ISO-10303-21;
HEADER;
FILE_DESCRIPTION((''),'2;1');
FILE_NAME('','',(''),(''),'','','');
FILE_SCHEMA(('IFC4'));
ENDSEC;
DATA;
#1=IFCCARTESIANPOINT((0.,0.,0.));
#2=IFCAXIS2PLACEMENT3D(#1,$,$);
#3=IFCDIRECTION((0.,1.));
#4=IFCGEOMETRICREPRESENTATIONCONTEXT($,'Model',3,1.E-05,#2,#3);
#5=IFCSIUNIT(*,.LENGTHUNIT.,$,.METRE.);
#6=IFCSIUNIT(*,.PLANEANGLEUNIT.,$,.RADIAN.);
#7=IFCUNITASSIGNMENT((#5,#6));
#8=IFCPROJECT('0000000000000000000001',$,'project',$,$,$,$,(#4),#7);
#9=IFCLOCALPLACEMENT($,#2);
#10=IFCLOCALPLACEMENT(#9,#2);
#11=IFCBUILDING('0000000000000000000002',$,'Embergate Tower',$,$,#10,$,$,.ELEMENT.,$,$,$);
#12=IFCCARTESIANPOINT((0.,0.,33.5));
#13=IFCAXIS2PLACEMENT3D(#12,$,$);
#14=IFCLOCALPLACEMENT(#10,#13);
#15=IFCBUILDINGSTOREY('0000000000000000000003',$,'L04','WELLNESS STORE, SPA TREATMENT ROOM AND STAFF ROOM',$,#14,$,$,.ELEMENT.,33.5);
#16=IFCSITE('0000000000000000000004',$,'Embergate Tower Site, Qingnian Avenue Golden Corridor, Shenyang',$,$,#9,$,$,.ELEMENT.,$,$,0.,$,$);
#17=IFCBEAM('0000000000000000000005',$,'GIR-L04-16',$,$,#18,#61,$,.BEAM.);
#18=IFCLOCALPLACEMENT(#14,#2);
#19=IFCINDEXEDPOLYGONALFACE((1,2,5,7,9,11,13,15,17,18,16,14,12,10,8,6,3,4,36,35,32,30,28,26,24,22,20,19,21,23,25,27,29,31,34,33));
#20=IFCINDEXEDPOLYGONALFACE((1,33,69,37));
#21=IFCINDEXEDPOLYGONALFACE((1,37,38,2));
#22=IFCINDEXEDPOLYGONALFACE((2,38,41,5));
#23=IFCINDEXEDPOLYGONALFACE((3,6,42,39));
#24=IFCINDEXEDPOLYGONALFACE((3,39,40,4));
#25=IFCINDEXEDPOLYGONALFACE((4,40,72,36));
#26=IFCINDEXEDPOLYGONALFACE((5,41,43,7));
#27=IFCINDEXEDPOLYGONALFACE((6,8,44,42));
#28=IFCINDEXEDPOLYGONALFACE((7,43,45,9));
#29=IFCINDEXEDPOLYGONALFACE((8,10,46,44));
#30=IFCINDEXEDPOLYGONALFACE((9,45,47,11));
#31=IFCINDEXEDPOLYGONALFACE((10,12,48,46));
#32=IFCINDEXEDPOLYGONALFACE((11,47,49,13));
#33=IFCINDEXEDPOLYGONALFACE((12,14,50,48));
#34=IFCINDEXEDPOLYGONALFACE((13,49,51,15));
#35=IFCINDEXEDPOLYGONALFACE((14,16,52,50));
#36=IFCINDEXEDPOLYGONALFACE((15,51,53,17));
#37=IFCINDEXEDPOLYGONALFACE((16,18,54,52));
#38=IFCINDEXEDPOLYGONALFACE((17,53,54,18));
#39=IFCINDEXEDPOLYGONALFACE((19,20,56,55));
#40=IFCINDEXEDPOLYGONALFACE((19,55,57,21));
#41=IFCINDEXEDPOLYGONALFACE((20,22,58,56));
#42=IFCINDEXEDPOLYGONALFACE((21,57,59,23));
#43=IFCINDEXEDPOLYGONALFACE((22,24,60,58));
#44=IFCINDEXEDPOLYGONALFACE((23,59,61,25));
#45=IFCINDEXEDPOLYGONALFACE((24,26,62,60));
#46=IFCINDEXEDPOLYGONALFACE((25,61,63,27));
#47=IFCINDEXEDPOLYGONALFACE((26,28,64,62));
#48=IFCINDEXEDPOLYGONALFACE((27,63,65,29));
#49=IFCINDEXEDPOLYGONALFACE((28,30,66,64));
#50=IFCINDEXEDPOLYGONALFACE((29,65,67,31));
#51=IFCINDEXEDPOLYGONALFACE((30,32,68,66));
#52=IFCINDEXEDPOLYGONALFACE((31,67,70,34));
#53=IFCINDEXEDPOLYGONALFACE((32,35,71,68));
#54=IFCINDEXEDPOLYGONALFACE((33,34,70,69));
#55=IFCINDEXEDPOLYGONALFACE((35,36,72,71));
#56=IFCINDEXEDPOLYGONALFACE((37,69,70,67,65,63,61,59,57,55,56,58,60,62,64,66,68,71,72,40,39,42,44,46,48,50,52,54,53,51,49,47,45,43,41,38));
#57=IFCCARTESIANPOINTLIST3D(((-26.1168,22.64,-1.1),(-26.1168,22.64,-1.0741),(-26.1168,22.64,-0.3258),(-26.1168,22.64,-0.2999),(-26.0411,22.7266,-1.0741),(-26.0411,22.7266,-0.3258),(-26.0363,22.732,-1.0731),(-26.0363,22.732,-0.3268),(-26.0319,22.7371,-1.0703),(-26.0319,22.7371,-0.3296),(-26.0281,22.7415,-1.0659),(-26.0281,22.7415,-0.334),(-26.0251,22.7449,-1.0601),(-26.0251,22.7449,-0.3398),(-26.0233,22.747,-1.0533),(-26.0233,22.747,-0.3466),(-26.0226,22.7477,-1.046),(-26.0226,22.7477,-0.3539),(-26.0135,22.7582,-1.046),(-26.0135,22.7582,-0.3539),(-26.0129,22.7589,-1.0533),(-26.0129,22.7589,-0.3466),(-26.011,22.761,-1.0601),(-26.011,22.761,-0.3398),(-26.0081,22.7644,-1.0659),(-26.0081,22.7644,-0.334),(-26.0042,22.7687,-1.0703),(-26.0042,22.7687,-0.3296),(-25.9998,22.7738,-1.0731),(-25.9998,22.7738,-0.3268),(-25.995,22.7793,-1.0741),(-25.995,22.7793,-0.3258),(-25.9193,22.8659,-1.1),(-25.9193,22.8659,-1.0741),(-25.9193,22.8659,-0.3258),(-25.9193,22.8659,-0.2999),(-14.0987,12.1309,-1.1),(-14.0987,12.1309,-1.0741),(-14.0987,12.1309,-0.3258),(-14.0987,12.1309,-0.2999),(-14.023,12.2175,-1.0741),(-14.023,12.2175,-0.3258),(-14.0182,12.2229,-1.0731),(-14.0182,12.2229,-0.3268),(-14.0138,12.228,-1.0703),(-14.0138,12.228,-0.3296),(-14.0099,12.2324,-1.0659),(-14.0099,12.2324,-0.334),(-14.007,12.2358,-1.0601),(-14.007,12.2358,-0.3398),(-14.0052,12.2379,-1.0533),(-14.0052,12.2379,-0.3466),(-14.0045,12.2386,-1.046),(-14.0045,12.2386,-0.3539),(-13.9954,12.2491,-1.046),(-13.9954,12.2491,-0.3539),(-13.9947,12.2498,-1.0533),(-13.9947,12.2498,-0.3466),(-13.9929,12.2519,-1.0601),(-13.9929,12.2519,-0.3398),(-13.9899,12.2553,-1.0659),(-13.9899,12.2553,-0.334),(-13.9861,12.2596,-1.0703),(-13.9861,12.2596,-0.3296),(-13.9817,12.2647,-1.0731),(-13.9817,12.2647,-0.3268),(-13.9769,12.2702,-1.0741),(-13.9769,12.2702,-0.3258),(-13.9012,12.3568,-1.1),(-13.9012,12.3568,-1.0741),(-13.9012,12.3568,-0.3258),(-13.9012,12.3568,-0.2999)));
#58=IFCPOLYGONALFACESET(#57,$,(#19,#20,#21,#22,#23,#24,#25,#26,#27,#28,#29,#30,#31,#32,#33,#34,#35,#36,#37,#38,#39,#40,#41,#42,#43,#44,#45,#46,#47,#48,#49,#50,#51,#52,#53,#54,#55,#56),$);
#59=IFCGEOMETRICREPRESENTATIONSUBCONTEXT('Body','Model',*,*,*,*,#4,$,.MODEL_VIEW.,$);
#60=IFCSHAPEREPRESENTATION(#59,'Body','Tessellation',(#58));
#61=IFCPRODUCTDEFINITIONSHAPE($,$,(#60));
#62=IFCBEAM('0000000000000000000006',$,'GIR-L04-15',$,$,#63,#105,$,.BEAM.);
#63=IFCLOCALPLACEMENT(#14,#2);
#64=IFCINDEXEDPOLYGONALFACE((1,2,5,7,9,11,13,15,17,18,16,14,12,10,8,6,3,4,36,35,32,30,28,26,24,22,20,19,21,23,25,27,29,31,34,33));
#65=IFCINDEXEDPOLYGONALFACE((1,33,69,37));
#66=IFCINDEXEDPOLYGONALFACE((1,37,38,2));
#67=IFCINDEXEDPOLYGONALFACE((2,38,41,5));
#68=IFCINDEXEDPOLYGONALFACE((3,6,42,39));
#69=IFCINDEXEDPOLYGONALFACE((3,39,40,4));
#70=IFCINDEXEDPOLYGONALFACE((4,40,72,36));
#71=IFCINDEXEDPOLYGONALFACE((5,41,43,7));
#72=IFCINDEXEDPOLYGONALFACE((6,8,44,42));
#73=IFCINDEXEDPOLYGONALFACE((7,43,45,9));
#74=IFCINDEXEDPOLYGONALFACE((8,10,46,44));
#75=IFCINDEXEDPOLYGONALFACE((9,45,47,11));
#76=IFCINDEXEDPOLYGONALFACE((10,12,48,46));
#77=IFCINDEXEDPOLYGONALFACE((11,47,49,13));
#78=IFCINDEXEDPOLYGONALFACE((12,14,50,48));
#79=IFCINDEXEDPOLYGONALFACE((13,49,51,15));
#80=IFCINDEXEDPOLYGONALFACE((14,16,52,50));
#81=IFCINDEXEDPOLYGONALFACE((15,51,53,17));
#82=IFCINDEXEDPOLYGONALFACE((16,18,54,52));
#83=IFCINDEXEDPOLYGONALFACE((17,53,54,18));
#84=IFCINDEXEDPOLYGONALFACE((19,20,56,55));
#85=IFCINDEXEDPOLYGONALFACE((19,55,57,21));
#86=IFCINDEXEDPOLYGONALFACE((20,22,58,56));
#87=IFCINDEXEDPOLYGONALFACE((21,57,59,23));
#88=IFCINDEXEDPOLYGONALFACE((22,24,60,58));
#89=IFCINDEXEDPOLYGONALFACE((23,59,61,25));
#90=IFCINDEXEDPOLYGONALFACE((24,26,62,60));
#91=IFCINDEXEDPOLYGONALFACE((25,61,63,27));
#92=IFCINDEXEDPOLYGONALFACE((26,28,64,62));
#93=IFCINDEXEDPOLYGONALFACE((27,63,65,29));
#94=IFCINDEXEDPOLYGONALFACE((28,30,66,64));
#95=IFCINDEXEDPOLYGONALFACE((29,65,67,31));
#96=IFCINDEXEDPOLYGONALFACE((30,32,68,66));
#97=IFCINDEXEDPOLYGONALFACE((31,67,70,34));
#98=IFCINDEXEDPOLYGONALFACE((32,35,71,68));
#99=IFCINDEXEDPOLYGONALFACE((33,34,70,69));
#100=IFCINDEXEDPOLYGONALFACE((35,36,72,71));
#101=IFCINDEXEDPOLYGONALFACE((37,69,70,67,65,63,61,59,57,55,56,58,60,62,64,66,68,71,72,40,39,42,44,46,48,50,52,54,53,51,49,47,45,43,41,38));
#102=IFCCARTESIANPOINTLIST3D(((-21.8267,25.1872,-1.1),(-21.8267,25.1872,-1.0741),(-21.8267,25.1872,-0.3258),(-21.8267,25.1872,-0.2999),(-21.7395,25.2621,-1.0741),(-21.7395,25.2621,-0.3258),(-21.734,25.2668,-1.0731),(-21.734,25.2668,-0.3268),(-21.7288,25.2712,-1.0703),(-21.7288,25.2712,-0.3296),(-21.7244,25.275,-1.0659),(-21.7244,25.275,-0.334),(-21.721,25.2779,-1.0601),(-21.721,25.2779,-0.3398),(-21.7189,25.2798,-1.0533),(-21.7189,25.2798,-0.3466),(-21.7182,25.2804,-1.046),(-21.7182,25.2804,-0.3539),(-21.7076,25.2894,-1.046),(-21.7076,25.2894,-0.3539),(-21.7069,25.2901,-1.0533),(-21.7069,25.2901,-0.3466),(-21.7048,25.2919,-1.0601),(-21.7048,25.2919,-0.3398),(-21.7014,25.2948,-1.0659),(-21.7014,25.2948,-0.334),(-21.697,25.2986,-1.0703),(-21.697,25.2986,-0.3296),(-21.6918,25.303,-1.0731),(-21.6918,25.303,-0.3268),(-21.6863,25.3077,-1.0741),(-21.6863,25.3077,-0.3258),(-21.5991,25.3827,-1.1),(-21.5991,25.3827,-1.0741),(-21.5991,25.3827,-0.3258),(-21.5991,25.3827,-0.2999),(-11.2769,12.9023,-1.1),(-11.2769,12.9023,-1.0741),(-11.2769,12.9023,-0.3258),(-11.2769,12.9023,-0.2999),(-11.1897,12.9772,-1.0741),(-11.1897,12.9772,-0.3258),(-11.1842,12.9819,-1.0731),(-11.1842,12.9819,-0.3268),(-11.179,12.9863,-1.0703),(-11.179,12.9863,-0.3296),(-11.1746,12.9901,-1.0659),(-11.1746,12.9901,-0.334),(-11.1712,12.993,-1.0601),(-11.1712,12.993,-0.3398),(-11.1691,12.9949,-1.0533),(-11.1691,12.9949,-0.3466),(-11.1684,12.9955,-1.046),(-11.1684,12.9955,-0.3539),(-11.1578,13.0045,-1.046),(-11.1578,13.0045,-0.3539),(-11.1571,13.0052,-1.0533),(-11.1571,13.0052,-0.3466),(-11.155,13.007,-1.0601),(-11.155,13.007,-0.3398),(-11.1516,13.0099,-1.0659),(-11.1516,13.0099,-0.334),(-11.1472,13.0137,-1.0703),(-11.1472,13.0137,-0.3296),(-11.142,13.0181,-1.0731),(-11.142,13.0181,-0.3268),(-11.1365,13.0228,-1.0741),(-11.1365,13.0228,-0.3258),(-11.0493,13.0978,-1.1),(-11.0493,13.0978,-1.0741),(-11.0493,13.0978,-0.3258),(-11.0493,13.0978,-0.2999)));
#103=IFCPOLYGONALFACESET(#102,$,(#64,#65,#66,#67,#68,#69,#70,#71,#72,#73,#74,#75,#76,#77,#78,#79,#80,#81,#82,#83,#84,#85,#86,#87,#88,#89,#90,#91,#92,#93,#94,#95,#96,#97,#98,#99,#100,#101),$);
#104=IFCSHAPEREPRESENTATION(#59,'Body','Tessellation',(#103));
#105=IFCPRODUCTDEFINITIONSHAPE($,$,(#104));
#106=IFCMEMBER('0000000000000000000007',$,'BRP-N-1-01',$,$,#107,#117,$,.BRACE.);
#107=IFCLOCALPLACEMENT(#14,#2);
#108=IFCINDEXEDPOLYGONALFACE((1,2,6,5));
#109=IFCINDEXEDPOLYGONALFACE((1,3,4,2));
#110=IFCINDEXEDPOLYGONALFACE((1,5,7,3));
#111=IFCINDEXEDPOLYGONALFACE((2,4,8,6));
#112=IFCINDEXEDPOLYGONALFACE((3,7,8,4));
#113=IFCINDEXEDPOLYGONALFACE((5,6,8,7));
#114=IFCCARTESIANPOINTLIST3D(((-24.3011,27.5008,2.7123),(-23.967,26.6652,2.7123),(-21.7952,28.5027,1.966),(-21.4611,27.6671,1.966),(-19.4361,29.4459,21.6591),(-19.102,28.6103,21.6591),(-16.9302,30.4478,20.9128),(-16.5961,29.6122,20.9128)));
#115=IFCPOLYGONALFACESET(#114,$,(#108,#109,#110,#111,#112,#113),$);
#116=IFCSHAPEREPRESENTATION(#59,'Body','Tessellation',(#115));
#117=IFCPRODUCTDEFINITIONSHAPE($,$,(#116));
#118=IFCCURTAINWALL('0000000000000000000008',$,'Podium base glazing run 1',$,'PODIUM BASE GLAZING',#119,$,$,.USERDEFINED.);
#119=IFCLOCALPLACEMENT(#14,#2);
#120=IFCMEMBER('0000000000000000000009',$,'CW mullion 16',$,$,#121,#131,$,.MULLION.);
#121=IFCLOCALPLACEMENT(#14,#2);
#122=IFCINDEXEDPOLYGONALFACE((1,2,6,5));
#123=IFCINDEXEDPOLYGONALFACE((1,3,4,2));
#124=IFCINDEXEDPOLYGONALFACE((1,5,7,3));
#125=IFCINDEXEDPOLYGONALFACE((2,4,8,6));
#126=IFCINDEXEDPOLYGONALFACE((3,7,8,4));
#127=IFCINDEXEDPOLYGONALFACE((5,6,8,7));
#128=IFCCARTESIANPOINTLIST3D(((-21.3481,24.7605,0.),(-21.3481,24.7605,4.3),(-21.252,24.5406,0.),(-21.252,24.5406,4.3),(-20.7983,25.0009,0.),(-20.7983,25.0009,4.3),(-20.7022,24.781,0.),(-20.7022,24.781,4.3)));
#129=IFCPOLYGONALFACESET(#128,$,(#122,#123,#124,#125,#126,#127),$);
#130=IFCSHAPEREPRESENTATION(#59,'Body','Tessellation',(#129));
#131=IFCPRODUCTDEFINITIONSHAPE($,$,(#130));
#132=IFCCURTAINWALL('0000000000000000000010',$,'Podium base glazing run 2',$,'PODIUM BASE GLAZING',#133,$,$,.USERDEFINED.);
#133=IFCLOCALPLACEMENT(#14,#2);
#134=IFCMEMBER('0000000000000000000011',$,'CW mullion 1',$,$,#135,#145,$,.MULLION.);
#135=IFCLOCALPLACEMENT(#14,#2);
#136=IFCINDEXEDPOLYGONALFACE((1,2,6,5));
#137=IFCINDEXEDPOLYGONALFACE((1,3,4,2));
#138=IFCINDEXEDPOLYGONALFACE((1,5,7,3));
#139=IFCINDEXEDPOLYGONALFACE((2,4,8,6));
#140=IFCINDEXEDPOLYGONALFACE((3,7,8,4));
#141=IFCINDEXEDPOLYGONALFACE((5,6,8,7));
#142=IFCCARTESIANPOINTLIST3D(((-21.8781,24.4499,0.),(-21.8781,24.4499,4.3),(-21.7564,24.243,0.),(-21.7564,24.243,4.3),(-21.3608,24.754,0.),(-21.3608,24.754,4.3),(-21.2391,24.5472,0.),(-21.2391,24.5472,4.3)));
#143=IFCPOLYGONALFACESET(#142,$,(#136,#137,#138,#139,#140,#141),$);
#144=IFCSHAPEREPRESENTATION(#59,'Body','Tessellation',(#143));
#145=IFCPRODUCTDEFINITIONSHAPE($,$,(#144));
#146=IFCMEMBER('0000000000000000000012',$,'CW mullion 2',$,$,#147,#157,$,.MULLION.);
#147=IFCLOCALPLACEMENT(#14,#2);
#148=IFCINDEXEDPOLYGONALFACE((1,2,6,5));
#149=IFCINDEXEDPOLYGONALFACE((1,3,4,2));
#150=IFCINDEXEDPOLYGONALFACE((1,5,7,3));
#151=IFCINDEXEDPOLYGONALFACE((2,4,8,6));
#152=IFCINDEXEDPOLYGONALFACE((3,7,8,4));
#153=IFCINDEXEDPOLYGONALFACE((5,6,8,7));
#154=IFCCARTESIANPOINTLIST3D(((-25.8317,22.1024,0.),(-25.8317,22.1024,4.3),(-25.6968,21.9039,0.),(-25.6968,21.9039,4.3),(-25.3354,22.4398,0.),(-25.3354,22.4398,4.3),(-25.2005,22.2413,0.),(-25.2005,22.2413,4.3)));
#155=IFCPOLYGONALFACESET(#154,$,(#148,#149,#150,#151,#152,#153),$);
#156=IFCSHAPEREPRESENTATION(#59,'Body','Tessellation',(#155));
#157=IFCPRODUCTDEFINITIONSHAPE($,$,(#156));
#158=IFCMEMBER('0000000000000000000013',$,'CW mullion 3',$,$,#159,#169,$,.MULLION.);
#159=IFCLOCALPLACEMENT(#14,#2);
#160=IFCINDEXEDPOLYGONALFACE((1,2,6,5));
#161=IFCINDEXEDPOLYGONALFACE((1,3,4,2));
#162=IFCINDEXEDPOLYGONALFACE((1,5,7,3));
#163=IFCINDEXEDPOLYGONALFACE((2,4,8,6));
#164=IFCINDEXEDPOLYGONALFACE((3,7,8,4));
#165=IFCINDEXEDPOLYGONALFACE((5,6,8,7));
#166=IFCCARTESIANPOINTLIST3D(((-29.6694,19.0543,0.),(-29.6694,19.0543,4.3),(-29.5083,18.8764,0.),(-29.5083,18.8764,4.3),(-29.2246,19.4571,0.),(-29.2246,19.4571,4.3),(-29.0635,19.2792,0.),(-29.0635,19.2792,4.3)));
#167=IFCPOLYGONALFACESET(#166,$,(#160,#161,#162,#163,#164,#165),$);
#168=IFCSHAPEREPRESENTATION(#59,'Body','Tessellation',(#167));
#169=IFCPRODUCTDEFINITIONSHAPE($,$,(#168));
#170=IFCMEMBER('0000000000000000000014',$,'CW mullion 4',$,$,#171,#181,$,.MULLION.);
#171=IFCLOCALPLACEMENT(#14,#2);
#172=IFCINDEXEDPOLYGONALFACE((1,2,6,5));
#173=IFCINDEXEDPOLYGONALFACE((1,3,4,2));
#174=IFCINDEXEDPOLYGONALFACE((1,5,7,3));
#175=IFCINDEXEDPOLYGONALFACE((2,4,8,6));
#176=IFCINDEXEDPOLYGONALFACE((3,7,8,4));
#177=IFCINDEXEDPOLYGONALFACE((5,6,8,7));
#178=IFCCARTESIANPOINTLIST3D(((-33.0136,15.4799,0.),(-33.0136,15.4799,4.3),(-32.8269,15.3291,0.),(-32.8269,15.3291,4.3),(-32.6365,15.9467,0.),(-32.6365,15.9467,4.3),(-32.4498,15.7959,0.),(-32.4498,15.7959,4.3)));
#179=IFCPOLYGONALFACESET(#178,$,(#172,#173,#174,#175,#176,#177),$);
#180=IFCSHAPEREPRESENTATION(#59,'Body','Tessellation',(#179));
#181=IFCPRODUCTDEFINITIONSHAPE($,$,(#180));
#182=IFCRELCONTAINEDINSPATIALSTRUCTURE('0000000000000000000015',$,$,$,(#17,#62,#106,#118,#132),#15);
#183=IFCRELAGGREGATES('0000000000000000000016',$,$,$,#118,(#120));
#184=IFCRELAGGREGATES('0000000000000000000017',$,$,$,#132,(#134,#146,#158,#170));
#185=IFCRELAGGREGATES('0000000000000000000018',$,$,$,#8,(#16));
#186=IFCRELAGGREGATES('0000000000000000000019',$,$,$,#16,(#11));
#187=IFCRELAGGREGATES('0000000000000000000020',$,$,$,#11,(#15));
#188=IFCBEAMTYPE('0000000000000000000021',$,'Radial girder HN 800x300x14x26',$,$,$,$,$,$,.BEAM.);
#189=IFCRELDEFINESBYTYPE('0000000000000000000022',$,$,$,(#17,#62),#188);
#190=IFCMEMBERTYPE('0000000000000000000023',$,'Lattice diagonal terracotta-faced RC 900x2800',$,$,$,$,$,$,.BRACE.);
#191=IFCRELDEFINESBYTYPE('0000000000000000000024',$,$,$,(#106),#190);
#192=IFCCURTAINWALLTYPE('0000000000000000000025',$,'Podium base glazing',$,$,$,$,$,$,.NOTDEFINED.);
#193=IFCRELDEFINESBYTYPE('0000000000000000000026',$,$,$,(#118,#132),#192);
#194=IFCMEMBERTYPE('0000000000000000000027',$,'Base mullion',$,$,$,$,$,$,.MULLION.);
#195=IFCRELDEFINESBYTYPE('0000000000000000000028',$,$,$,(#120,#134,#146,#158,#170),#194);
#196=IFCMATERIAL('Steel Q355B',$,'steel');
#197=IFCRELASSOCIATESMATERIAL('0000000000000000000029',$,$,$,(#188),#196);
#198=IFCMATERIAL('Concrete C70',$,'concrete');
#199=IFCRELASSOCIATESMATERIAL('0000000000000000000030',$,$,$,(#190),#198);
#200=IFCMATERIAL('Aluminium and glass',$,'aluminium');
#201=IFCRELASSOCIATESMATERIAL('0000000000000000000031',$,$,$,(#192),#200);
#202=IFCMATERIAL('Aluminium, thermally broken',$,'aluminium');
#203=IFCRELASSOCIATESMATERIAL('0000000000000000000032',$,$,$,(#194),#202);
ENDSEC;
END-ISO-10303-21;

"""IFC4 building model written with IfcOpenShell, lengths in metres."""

from ifc_helpers import new_model, si_unit, direction, frame, origin, origin_2d, place, context, subcontext, project, spatial, rectangle, i_section, extrude, source, transform, mapped, material, material_profile, profile_set, type_object, element, aggregate, save


model = new_model("IFC4")

# Units and contexts
model_context = context("Model", 3, precision=1e-05, world=origin(), true_north=direction((0.0, 1.0)))
body_context = subcontext(model_context, "Body", "Model", "MODEL_VIEW")
ifc_project = project(units=[si_unit("LENGTHUNIT", "METRE"), si_unit("PLANEANGLEUNIT", "RADIAN")], contexts=[model_context])

# Site, building, storey
site_placement = place(None, origin())
site = spatial("IfcSite", under=ifc_project, at=site_placement, Name="Embergate Tower Site, Qingnian Avenue Golden Corridor, Shenyang", CompositionType="ELEMENT", RefElevation=0.0)
building_placement = place(site_placement, origin())
building = spatial("IfcBuilding", under=site, at=building_placement, Name="Embergate Tower", CompositionType="ELEMENT")
storey_placement = place(building_placement, frame((0.0, 0.0, 33.5)))
storey = spatial("IfcBuildingStorey", under=building, at=storey_placement, Name="L04", Description="WELLNESS STORE, SPA TREATMENT ROOM AND STAFF ROOM", CompositionType="ELEMENT", Elevation=33.5)

# Shared definitions
ifc_material_1 = material(Name="Concrete C70", Category="concrete")

# Beams
ifc_material_2 = material(Name="Steel Q355B", Category="steel")
ifc_material_profile_1 = material_profile(ifc_material_2, i_section(OverallWidth=0.3, OverallDepth=0.8, WebThickness=0.0139, FlangeThickness=0.0259, FilletRadius=0.0281, at=origin_2d()), Name="HN 800x300x14x26")
ifc_profile_set_1 = profile_set([ifc_material_profile_1], Name="Steel Q355 grade B")
beam_type_1 = type_object("IfcBeamType", Name="Radial girder HN 800x300x14x26", PredefinedType="BEAM", material=ifc_profile_set_1)
shared_shape_1 = source(origin(), body_context, "Body", "SweptSolid", [
    extrude(i_section(OverallWidth=0.3, OverallDepth=0.8, WebThickness=0.0139, FlangeThickness=0.0259, FilletRadius=0.0281, at=origin_2d()), origin(), (0.0, 0.0, 1.0), 15.9648),
])
beam_1_placement = place(storey_placement, frame((-26.0181, 22.7529, -0.7), z_axis=(0.752787, -0.658264, 0.0), x_axis=(0.658264, 0.752787, 0.0)))
element("IfcBeam", 1, at=beam_1_placement, inside=storey, type_object=beam_type_1, Name="GIR-L04-16", PredefinedType="BEAM", context=body_context, shape_type="MappedRepresentation", body=[
    mapped(shared_shape_1, transform((0.0, 0.0, 0.0))),
])
shared_shape_2 = source(origin(), body_context, "Body", "SweptSolid", [
    extrude(i_section(OverallWidth=0.3, OverallDepth=0.8, WebThickness=0.0139, FlangeThickness=0.0259, FilletRadius=0.0281, at=origin_2d()), origin(), (0.0, 0.0, 1.0), 16.1931),
])
beam_2_placement = place(storey_placement, frame((-21.7129, 25.2849, -0.7), z_axis=(0.651499, -0.75865, 0.0), x_axis=(0.75865, 0.651499, 0.0)))
element("IfcBeam", 2, at=beam_2_placement, inside=storey, type_object=beam_type_1, Name="GIR-L04-15", PredefinedType="BEAM", context=body_context, shape_type="MappedRepresentation", body=[
    mapped(shared_shape_2, transform((0.0, 0.0, 0.0))),
])

# Member
ifc_material_profile_2 = material_profile(ifc_material_1, rectangle(XDim=0.8999, YDim=2.8, at=origin_2d()), Name="RC 900x2800")
ifc_profile_set_2 = profile_set([ifc_material_profile_2], Name="Concrete C70")
member_type_1 = type_object("IfcMemberType", Name="Lattice diagonal terracotta-faced RC 900x2800", PredefinedType="BRACE", material=ifc_profile_set_2)
shared_shape_3 = source(origin(), body_context, "Body", "SweptSolid", [
    extrude(rectangle(XDim=0.8999, YDim=2.8, at=origin_2d()), origin(), (0.0, 0.0, 1.0), 19.658),
])
member_1_placement = place(storey_placement, frame((-22.8811, 27.584, 2.3391), z_axis=(0.247483, 0.098946, 0.963827), x_axis=(-0.371238, 0.928538, 0.0)))
element("IfcMember", 3, at=member_1_placement, inside=storey, type_object=member_type_1, Name="BRP-N-1-01", PredefinedType="BRACE", context=body_context, shape_type="MappedRepresentation", body=[
    mapped(shared_shape_3, transform((0.0, 0.0, 0.0))),
])

# Curtain wall, member
ifc_material_3 = material(Name="Aluminium and glass", Category="aluminium")
curtain_wall_type = type_object("IfcCurtainWallType", Name="Podium base glazing", PredefinedType="NOTDEFINED", material=ifc_material_3)
curtain_wall_1_placement = place(storey_placement, origin())
curtain_wall_1 = element("IfcCurtainWall", 4, at=curtain_wall_1_placement, inside=storey, type_object=curtain_wall_type, Name="Podium base glazing run 1", ObjectType="PODIUM BASE GLAZING", PredefinedType="USERDEFINED")
ifc_material_4 = material(Name="Aluminium, thermally broken", Category="aluminium")
ifc_material_profile_3 = material_profile(ifc_material_4, rectangle(XDim=0.24, YDim=0.6001, at=origin_2d()), Name="AL 600x240")
ifc_profile_set_3 = profile_set([ifc_material_profile_3], Name="Aluminium, thermally broken")
member_type_2 = type_object("IfcMemberType", Name="Base mullion", PredefinedType="MULLION", material=ifc_profile_set_3)
shared_shape_4 = source(origin(), body_context, "Body", "SweptSolid", [
    extrude(rectangle(XDim=0.24, YDim=0.6001, at=origin_2d()), origin(), (0.0, 0.0, 1.0), 4.3),
])
member_2_placement = place(storey_placement, frame((-21.0251, 24.7708, 0.0), z_axis=(0.0, 0.0, 1.0), x_axis=(0.400637, -0.916237, 0.0)))
member_2 = element("IfcMember", 5, at=member_2_placement, type_object=member_type_2, Name="CW mullion 16", PredefinedType="MULLION", context=body_context, shape_type="MappedRepresentation", body=[
    mapped(shared_shape_4, transform((0.0, 0.0, 0.0))),
])
aggregate(curtain_wall_1, [member_2])

# Curtain wall, members
curtain_wall_2_placement = place(storey_placement, origin())
curtain_wall_2 = element("IfcCurtainWall", 6, at=curtain_wall_2_placement, inside=storey, type_object=curtain_wall_type, Name="Podium base glazing run 2", ObjectType="PODIUM BASE GLAZING", PredefinedType="USERDEFINED")
member_3_placement = place(storey_placement, frame((-21.5586, 24.4985, 0.0), z_axis=(0.0, 0.0, 1.0), x_axis=(0.506815, -0.862055, 0.0)))
member_3 = element("IfcMember", 7, at=member_3_placement, type_object=member_type_2, Name="CW mullion 1", PredefinedType="MULLION", context=body_context, shape_type="MappedRepresentation", body=[
    mapped(shared_shape_4, transform((0.0, 0.0, 0.0))),
])
member_4_placement = place(storey_placement, frame((-25.5161, 22.1719, 0.0), z_axis=(0.0, 0.0, 1.0), x_axis=(0.562213, -0.826992, 0.0)))
member_4 = element("IfcMember", 8, at=member_4_placement, type_object=member_type_2, Name="CW mullion 2", PredefinedType="MULLION", context=body_context, shape_type="MappedRepresentation", body=[
    mapped(shared_shape_4, transform((0.0, 0.0, 0.0))),
])
member_5_placement = place(storey_placement, frame((-29.3665, 19.1667, 0.0), z_axis=(0.0, 0.0, 1.0), x_axis=(0.671223, -0.741256, 0.0)))
member_5 = element("IfcMember", 9, at=member_5_placement, type_object=member_type_2, Name="CW mullion 3", PredefinedType="MULLION", context=body_context, shape_type="MappedRepresentation", body=[
    mapped(shared_shape_4, transform((0.0, 0.0, 0.0))),
])
member_6_placement = place(storey_placement, frame((-32.7317, 15.6379, 0.0), z_axis=(0.0, 0.0, 1.0), x_axis=(0.777869, -0.628426, 0.0)))
member_6 = element("IfcMember", 10, at=member_6_placement, type_object=member_type_2, Name="CW mullion 4", PredefinedType="MULLION", context=body_context, shape_type="MappedRepresentation", body=[
    mapped(shared_shape_4, transform((0.0, 0.0, 0.0))),
])
aggregate(curtain_wall_2, [member_3, member_4, member_5, member_6])

save(model, "model.ifc")
